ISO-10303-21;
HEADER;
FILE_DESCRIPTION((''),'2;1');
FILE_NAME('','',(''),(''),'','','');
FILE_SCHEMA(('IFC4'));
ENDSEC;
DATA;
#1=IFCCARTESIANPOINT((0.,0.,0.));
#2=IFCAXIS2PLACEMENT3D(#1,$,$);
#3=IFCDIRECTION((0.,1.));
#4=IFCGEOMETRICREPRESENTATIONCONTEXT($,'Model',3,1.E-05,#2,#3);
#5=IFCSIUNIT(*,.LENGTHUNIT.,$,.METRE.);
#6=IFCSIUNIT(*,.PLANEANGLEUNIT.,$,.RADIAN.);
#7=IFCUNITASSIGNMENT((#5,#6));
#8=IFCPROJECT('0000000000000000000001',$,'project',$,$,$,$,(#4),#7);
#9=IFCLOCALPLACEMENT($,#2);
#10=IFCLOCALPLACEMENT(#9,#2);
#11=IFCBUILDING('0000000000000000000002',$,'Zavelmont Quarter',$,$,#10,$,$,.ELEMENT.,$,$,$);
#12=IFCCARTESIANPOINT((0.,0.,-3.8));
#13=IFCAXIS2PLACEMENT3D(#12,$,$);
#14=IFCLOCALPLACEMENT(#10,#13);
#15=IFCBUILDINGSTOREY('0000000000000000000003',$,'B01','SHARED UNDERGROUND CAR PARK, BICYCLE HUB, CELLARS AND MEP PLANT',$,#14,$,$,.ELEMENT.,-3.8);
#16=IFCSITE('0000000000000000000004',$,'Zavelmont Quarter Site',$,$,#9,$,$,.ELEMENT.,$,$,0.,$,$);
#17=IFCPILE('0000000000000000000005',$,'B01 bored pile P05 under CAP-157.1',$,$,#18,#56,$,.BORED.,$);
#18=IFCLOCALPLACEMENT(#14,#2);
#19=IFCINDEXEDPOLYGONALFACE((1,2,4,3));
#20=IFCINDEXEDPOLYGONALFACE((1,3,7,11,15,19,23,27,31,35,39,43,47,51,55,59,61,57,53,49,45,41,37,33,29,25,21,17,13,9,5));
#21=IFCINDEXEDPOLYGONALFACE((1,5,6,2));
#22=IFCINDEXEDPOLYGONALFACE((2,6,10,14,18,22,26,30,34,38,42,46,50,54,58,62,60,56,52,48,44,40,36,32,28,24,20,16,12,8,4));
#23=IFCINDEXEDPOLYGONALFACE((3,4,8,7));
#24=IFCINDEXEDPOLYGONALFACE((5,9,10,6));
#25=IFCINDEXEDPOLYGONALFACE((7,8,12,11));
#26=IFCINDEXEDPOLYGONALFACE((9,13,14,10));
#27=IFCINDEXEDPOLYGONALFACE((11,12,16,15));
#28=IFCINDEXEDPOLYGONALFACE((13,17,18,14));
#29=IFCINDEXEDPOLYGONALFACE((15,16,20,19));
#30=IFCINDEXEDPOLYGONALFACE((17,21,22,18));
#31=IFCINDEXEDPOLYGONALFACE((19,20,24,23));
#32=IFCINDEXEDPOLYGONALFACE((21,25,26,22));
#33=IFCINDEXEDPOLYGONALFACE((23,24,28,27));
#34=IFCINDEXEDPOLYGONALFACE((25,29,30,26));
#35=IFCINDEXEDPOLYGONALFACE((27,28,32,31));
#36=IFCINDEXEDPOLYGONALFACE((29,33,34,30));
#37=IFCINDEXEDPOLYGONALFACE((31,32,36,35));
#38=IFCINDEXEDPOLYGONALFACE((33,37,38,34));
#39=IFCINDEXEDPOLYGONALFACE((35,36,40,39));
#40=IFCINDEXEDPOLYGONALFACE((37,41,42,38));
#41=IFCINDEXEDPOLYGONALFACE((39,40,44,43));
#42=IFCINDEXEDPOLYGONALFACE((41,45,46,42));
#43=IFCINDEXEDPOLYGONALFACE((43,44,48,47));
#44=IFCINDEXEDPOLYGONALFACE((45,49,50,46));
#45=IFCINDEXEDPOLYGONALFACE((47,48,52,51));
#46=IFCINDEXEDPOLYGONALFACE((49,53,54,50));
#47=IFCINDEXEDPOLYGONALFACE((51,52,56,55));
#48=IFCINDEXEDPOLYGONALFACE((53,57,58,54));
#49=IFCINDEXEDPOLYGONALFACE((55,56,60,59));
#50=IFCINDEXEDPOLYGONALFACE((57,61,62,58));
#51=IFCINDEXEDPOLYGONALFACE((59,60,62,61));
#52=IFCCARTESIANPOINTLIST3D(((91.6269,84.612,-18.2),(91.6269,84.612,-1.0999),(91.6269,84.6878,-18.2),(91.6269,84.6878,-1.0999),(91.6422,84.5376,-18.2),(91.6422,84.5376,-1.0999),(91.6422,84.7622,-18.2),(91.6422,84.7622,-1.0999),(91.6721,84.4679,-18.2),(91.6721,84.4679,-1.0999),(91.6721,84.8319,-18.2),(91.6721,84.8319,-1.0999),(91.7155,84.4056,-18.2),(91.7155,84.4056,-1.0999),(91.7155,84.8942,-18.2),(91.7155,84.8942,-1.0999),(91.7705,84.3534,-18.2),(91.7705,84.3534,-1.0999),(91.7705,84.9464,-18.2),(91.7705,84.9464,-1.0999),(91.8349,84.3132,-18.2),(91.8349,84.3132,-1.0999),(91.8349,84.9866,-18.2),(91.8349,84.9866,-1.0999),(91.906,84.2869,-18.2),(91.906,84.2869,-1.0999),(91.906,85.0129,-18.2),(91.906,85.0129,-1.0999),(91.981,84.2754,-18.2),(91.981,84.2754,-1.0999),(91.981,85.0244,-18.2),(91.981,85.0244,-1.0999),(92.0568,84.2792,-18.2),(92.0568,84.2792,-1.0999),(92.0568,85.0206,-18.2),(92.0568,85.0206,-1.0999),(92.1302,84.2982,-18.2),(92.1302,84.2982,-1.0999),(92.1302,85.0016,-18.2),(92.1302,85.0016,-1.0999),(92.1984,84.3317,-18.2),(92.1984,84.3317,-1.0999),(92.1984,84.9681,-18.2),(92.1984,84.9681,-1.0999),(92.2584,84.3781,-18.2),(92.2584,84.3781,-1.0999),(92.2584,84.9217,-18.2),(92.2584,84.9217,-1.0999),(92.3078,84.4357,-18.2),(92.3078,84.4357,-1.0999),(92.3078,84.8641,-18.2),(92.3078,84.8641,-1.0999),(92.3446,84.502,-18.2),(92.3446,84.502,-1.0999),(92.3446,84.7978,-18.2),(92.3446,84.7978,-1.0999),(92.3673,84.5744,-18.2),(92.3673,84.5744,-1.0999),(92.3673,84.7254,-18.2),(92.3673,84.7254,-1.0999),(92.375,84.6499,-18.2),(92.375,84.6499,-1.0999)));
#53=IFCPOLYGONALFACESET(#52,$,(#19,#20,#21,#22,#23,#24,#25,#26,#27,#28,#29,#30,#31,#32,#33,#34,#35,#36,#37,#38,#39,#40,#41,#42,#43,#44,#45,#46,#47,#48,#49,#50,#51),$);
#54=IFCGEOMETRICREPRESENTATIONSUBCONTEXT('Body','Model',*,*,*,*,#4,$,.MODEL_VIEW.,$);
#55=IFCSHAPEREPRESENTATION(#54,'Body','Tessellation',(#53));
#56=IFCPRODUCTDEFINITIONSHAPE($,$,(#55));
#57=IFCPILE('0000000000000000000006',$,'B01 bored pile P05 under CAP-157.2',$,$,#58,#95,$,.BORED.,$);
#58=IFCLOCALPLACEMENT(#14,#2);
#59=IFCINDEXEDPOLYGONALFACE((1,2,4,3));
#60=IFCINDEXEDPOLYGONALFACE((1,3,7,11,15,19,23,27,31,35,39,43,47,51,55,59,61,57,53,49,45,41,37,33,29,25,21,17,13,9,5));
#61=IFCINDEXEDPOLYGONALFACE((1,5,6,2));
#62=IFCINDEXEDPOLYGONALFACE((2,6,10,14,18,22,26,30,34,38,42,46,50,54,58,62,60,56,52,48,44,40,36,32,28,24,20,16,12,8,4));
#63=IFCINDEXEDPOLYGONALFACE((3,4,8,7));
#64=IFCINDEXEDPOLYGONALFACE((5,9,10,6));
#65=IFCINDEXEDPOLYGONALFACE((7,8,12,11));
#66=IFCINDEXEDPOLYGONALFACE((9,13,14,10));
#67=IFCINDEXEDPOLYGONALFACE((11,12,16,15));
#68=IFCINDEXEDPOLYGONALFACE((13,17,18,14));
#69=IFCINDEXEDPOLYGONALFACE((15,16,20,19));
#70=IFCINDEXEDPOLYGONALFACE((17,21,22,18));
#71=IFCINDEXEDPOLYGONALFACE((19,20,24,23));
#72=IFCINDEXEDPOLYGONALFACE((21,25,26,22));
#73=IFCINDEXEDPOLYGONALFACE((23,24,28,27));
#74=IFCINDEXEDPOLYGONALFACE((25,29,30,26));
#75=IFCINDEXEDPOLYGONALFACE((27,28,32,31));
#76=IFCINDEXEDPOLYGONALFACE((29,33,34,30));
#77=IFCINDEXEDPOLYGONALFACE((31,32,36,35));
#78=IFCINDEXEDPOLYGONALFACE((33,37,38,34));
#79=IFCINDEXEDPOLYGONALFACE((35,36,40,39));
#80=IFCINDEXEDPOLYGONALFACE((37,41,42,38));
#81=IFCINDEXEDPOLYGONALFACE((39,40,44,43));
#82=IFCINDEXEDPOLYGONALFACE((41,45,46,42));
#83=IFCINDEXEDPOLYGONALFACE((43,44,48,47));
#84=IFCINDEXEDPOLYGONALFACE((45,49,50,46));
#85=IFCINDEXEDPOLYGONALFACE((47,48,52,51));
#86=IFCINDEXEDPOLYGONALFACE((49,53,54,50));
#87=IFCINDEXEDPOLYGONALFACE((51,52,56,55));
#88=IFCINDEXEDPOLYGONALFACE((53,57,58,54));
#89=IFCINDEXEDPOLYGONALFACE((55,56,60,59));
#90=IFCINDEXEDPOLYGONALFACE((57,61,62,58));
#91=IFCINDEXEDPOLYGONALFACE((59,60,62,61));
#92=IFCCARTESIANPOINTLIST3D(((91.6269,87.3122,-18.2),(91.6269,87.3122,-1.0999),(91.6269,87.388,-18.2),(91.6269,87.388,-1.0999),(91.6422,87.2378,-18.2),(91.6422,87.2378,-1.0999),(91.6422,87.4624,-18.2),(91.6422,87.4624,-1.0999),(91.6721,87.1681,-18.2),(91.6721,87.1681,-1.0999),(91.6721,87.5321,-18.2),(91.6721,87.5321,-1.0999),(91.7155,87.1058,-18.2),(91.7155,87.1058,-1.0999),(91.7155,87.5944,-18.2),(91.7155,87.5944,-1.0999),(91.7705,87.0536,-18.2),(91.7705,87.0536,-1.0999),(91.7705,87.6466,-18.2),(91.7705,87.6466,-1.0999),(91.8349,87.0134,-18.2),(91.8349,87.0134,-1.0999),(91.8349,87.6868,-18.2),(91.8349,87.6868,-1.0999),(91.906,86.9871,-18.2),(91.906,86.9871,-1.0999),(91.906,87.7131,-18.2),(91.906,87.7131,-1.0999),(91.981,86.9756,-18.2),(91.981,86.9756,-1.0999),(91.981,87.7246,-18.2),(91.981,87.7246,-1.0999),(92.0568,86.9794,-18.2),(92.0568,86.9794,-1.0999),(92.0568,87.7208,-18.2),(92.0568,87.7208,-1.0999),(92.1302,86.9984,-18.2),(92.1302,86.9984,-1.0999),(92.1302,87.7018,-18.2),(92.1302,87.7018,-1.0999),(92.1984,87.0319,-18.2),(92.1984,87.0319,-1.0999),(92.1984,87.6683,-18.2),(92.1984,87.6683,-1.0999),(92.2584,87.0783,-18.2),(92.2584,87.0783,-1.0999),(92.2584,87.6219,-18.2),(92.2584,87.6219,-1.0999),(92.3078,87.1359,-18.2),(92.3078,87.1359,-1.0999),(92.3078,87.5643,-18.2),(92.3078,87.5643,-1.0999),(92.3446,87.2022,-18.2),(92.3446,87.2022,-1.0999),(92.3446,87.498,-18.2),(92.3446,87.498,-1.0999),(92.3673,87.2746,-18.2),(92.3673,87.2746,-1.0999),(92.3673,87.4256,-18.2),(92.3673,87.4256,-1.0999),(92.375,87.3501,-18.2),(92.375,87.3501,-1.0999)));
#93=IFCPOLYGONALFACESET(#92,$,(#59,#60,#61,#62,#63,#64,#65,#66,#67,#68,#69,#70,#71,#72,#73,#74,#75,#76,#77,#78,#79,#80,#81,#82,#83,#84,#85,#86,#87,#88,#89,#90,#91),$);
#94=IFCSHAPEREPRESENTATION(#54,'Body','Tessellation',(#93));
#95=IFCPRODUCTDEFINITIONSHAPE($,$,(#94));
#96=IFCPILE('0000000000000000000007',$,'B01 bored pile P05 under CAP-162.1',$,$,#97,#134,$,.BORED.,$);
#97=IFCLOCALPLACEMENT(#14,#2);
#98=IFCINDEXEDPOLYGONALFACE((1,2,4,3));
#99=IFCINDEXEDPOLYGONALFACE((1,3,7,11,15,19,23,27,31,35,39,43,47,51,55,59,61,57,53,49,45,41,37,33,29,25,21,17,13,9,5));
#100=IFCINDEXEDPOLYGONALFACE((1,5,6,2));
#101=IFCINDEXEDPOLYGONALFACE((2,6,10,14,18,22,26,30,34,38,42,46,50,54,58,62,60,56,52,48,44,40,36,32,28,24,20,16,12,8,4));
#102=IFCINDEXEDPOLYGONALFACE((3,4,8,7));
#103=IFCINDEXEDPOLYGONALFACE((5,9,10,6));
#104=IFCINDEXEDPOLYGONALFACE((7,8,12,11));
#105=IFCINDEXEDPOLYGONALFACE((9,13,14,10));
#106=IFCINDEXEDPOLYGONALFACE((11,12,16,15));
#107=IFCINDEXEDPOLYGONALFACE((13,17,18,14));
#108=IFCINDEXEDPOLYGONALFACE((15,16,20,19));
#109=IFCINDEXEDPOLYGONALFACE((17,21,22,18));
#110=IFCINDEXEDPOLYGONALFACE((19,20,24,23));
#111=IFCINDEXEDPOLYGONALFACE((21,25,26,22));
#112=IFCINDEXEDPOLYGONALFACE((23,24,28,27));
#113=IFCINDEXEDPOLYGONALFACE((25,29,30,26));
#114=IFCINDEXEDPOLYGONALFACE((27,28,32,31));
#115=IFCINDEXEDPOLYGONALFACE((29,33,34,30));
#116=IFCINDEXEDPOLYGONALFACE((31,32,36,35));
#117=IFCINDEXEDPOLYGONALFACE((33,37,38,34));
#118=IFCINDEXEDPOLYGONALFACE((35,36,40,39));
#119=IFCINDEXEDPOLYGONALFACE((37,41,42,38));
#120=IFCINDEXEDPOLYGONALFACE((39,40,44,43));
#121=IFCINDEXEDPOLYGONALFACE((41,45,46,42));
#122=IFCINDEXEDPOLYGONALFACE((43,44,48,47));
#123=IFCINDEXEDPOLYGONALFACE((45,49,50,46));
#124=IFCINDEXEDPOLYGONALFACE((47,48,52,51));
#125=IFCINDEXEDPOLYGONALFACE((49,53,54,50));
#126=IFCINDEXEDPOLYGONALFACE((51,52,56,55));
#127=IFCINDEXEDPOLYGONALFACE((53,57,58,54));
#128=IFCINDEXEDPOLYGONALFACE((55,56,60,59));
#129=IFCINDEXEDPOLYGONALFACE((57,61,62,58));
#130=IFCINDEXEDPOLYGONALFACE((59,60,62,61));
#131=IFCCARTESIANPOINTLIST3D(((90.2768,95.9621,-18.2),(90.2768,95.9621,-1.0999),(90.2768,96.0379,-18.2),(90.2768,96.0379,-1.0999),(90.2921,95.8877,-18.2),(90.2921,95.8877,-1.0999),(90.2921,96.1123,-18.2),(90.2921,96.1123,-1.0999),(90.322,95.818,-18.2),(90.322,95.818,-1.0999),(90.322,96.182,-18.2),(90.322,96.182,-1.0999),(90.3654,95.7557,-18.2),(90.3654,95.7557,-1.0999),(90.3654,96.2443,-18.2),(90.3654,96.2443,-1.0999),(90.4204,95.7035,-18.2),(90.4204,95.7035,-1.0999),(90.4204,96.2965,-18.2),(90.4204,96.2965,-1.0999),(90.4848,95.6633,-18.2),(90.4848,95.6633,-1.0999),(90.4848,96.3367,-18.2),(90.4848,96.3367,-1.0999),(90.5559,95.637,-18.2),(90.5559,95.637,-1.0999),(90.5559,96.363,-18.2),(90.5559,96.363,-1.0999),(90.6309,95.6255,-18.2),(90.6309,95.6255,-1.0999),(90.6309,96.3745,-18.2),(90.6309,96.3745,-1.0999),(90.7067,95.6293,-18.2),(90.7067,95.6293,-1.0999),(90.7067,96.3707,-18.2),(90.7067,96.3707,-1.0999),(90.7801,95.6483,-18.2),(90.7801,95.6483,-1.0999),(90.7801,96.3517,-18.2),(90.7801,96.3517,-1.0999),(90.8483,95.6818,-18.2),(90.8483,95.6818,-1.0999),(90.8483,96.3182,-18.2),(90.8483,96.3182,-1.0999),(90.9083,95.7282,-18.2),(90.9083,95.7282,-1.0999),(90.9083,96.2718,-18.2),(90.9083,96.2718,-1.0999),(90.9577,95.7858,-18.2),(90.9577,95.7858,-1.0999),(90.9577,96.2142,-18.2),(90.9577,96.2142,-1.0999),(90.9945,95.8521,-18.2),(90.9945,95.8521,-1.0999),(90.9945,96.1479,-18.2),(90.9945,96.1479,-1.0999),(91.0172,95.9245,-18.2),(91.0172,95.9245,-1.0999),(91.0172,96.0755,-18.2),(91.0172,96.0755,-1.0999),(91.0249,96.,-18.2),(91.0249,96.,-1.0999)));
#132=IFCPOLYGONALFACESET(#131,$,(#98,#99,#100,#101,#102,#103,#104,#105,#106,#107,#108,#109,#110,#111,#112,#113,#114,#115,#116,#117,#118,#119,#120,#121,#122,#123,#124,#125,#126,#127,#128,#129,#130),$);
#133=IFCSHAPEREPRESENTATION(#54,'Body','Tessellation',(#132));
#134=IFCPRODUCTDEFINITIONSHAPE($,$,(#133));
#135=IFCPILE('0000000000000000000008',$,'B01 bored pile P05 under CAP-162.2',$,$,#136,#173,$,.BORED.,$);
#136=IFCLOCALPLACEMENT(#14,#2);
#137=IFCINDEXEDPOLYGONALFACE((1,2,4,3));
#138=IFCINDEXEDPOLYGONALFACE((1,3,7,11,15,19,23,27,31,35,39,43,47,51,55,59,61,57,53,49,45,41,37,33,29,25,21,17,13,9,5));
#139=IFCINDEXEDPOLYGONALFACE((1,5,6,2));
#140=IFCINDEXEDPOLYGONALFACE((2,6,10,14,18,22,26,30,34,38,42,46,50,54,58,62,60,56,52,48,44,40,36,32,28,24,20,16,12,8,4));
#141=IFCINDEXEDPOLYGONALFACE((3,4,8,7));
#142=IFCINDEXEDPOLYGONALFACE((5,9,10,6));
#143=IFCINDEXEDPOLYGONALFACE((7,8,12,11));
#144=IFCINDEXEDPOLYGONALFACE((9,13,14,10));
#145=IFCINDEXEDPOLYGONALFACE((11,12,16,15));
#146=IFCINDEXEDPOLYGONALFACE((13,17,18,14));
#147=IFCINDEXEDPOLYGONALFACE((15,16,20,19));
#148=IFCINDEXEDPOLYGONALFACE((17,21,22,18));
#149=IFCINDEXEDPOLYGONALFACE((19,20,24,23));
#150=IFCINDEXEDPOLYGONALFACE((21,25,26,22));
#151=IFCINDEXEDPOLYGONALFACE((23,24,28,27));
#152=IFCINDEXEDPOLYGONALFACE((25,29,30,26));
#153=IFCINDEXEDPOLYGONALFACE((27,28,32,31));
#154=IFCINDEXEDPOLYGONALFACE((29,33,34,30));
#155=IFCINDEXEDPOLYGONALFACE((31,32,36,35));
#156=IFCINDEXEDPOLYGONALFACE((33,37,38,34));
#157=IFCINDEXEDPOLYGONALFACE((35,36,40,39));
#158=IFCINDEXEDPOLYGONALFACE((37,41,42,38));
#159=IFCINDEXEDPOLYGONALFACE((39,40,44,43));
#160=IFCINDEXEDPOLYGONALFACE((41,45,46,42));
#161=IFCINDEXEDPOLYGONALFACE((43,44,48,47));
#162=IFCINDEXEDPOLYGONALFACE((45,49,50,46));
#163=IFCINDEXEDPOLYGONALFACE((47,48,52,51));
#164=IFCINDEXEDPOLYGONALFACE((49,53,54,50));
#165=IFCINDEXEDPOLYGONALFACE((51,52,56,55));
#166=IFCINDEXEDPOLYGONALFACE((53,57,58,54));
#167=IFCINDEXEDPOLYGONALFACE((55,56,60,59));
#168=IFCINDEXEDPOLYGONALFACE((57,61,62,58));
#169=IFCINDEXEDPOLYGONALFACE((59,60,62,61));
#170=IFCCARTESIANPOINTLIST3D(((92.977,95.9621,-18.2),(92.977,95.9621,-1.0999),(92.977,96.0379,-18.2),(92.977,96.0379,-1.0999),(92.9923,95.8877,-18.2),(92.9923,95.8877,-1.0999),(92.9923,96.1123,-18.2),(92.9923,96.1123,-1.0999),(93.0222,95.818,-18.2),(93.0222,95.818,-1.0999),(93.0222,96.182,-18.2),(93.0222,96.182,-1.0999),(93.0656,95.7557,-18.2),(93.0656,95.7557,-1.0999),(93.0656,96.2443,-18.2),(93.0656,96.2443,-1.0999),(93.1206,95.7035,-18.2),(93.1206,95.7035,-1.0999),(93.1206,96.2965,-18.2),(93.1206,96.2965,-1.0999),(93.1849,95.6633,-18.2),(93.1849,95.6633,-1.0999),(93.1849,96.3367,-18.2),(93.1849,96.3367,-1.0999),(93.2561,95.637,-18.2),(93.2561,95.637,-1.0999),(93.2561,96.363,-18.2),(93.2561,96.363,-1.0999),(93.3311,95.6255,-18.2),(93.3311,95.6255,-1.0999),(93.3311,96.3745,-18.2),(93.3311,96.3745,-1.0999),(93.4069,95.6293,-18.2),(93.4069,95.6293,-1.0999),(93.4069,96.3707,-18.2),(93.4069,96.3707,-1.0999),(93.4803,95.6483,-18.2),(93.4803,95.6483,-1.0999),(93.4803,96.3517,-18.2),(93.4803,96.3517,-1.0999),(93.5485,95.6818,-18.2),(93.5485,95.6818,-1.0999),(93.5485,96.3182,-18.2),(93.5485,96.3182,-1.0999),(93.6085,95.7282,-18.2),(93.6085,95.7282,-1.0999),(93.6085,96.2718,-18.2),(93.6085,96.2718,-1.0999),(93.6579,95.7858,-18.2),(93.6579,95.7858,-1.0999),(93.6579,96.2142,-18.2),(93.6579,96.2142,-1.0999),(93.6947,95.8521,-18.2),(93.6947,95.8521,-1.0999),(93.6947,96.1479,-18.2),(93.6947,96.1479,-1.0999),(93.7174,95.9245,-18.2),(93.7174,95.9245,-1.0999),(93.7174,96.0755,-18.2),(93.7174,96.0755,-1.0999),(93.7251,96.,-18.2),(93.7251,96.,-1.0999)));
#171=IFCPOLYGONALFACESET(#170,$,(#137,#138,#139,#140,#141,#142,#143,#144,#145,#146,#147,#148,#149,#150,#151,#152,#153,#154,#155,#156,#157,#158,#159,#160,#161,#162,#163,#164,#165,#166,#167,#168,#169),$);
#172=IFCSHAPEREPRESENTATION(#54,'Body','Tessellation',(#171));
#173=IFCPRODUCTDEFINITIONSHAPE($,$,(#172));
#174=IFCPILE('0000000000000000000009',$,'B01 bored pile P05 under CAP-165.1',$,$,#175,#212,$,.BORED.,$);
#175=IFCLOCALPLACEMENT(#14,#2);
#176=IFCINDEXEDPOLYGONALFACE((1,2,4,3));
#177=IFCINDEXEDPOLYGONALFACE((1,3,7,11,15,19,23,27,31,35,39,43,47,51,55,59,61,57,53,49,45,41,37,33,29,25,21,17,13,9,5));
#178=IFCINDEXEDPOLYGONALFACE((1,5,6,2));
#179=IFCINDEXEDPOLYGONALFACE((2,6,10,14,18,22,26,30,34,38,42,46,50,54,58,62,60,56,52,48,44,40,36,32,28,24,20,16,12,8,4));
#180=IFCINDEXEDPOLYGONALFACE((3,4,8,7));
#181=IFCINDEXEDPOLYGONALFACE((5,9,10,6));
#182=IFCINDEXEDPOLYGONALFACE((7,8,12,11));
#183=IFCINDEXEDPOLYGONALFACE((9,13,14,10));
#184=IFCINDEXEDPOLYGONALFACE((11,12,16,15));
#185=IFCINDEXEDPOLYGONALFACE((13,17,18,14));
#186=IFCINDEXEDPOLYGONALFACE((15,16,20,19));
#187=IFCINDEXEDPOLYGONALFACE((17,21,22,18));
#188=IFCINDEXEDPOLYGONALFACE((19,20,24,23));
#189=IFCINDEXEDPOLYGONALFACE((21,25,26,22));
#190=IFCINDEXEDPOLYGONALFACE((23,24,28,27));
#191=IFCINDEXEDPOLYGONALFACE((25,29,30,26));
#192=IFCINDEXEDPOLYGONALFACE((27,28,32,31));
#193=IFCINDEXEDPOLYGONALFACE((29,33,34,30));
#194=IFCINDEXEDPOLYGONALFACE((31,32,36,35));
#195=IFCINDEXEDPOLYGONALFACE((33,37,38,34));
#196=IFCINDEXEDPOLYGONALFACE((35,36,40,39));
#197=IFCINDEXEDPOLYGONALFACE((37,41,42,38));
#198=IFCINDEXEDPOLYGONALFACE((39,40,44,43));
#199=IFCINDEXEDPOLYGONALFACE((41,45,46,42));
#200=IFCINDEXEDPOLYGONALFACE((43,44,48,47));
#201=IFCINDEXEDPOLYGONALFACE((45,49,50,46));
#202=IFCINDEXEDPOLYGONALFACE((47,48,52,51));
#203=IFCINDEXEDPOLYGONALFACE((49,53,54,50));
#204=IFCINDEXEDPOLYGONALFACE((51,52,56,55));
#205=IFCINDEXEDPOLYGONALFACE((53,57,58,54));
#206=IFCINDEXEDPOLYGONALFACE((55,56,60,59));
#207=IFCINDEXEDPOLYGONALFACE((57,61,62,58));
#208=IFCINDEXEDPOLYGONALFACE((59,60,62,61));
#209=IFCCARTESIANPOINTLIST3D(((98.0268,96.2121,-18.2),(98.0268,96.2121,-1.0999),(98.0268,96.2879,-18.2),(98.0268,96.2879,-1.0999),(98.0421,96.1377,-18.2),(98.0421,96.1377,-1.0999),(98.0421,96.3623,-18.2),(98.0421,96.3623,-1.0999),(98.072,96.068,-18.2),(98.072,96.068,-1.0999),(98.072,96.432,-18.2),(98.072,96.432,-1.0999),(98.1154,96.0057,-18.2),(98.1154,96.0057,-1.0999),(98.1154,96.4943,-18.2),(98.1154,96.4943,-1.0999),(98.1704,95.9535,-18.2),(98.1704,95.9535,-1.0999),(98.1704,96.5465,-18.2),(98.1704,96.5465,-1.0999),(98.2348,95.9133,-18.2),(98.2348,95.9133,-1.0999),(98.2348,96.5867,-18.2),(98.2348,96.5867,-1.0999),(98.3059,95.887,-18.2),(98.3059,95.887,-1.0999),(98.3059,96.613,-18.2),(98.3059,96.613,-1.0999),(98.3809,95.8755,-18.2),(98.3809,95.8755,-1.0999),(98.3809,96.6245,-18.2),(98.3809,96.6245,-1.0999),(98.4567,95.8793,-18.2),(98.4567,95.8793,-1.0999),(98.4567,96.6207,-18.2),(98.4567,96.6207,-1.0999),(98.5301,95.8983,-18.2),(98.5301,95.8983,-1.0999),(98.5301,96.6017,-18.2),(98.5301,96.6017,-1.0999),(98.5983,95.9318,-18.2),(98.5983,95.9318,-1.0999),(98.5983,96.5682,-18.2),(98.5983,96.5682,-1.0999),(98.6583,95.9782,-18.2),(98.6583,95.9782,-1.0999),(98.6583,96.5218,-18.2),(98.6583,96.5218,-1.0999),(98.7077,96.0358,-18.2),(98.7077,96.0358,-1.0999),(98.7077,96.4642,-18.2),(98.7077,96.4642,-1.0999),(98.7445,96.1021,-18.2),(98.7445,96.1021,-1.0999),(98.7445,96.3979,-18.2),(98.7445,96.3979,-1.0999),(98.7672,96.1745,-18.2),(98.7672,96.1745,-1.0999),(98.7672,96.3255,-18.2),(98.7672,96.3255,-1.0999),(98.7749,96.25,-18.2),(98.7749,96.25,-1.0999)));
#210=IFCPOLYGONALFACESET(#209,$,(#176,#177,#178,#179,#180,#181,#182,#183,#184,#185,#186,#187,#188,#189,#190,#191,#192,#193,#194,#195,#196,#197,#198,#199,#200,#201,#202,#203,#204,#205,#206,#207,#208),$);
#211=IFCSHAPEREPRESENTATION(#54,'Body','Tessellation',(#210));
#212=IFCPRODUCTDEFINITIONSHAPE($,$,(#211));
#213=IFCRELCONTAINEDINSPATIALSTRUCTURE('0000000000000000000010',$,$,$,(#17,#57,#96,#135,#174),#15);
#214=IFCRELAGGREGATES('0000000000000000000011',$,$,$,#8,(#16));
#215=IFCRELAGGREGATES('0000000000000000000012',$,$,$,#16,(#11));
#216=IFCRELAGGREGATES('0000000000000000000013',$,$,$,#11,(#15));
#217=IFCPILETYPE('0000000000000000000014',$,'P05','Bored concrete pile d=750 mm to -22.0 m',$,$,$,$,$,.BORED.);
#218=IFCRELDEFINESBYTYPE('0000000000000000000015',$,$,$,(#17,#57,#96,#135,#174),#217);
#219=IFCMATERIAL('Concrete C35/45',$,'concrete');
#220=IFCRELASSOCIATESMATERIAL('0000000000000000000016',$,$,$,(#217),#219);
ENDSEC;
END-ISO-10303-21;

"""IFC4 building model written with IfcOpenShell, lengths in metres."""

from ifc_helpers import new_model, si_unit, direction, frame, origin, origin_2d, place, context, subcontext, project, spatial, circle, extrude, material, material_profile, profile_set, type_object, element, save


model = new_model("IFC4")

# Units and contexts
model_context = context("Model", 3, precision=1e-05, world=origin(), true_north=direction((0.0, 1.0)))
body_context = subcontext(model_context, "Body", "Model", "MODEL_VIEW")
ifc_project = project(units=[si_unit("LENGTHUNIT", "METRE"), si_unit("PLANEANGLEUNIT", "RADIAN")], contexts=[model_context])

# Site, building, storey
site_placement = place(None, origin())
site = spatial("IfcSite", under=ifc_project, at=site_placement, Name="Zavelmont Quarter Site", CompositionType="ELEMENT", RefElevation=0.0)
building_placement = place(site_placement, origin())
building = spatial("IfcBuilding", under=site, at=building_placement, Name="Zavelmont Quarter", CompositionType="ELEMENT")
storey_placement = place(building_placement, frame((0.0, 0.0, -3.8)))
storey = spatial("IfcBuildingStorey", under=building, at=storey_placement, Name="B01", Description="SHARED UNDERGROUND CAR PARK, BICYCLE HUB, CELLARS AND MEP PLANT", CompositionType="ELEMENT", Elevation=-3.8)

# Shared definitions
ifc_material_1 = material(Name="Concrete C35/45", Category="concrete")

# Piles
ifc_material_profile_1 = material_profile(ifc_material_1, circle(Radius=0.375, at=origin_2d()), Name="BP750")
ifc_profile_set_1 = profile_set([ifc_material_profile_1], Name="Concrete C35/45")
pile_type_1 = type_object("IfcPileType", Name="P05", Description="Bored concrete pile d=750 mm to -22.0 m", PredefinedType="BORED", material=ifc_profile_set_1)
for number, where, z_axis, x_axis, name in (
    (1, (92.0, 84.6499, -1.0999), (0.0, 0.0, -1.0), (1.0, 0.0, 0.0), "B01 bored pile P05 under CAP-157.1"),
    (2, (92.0, 87.3501, -1.0999), (0.0, 0.0, -1.0), (1.0, 0.0, 0.0), "B01 bored pile P05 under CAP-157.2"),
    (3, (90.6499, 96.0, -1.0999), (0.0, 0.0, -1.0), (1.0, 0.0, 0.0), "B01 bored pile P05 under CAP-162.1"),
    (4, (93.3501, 96.0, -1.0999), (0.0, 0.0, -1.0), (1.0, 0.0, 0.0), "B01 bored pile P05 under CAP-162.2"),
    (5, (98.3999, 96.25, -1.0999), (0.0, 0.0, -1.0), (1.0, 0.0, 0.0), "B01 bored pile P05 under CAP-165.1"),
):
    element("IfcPile", number, at=place(storey_placement, frame(where, z_axis=z_axis, x_axis=x_axis)), inside=storey, type_object=pile_type_1, Name=name, PredefinedType="BORED", context=body_context, shape_type="SweptSolid", body=[
        extrude(circle(Radius=0.375, at=origin_2d()), origin(), (0.0, 0.0, 1.0), 17.1001),
    ])

save(model, "model.ifc")
